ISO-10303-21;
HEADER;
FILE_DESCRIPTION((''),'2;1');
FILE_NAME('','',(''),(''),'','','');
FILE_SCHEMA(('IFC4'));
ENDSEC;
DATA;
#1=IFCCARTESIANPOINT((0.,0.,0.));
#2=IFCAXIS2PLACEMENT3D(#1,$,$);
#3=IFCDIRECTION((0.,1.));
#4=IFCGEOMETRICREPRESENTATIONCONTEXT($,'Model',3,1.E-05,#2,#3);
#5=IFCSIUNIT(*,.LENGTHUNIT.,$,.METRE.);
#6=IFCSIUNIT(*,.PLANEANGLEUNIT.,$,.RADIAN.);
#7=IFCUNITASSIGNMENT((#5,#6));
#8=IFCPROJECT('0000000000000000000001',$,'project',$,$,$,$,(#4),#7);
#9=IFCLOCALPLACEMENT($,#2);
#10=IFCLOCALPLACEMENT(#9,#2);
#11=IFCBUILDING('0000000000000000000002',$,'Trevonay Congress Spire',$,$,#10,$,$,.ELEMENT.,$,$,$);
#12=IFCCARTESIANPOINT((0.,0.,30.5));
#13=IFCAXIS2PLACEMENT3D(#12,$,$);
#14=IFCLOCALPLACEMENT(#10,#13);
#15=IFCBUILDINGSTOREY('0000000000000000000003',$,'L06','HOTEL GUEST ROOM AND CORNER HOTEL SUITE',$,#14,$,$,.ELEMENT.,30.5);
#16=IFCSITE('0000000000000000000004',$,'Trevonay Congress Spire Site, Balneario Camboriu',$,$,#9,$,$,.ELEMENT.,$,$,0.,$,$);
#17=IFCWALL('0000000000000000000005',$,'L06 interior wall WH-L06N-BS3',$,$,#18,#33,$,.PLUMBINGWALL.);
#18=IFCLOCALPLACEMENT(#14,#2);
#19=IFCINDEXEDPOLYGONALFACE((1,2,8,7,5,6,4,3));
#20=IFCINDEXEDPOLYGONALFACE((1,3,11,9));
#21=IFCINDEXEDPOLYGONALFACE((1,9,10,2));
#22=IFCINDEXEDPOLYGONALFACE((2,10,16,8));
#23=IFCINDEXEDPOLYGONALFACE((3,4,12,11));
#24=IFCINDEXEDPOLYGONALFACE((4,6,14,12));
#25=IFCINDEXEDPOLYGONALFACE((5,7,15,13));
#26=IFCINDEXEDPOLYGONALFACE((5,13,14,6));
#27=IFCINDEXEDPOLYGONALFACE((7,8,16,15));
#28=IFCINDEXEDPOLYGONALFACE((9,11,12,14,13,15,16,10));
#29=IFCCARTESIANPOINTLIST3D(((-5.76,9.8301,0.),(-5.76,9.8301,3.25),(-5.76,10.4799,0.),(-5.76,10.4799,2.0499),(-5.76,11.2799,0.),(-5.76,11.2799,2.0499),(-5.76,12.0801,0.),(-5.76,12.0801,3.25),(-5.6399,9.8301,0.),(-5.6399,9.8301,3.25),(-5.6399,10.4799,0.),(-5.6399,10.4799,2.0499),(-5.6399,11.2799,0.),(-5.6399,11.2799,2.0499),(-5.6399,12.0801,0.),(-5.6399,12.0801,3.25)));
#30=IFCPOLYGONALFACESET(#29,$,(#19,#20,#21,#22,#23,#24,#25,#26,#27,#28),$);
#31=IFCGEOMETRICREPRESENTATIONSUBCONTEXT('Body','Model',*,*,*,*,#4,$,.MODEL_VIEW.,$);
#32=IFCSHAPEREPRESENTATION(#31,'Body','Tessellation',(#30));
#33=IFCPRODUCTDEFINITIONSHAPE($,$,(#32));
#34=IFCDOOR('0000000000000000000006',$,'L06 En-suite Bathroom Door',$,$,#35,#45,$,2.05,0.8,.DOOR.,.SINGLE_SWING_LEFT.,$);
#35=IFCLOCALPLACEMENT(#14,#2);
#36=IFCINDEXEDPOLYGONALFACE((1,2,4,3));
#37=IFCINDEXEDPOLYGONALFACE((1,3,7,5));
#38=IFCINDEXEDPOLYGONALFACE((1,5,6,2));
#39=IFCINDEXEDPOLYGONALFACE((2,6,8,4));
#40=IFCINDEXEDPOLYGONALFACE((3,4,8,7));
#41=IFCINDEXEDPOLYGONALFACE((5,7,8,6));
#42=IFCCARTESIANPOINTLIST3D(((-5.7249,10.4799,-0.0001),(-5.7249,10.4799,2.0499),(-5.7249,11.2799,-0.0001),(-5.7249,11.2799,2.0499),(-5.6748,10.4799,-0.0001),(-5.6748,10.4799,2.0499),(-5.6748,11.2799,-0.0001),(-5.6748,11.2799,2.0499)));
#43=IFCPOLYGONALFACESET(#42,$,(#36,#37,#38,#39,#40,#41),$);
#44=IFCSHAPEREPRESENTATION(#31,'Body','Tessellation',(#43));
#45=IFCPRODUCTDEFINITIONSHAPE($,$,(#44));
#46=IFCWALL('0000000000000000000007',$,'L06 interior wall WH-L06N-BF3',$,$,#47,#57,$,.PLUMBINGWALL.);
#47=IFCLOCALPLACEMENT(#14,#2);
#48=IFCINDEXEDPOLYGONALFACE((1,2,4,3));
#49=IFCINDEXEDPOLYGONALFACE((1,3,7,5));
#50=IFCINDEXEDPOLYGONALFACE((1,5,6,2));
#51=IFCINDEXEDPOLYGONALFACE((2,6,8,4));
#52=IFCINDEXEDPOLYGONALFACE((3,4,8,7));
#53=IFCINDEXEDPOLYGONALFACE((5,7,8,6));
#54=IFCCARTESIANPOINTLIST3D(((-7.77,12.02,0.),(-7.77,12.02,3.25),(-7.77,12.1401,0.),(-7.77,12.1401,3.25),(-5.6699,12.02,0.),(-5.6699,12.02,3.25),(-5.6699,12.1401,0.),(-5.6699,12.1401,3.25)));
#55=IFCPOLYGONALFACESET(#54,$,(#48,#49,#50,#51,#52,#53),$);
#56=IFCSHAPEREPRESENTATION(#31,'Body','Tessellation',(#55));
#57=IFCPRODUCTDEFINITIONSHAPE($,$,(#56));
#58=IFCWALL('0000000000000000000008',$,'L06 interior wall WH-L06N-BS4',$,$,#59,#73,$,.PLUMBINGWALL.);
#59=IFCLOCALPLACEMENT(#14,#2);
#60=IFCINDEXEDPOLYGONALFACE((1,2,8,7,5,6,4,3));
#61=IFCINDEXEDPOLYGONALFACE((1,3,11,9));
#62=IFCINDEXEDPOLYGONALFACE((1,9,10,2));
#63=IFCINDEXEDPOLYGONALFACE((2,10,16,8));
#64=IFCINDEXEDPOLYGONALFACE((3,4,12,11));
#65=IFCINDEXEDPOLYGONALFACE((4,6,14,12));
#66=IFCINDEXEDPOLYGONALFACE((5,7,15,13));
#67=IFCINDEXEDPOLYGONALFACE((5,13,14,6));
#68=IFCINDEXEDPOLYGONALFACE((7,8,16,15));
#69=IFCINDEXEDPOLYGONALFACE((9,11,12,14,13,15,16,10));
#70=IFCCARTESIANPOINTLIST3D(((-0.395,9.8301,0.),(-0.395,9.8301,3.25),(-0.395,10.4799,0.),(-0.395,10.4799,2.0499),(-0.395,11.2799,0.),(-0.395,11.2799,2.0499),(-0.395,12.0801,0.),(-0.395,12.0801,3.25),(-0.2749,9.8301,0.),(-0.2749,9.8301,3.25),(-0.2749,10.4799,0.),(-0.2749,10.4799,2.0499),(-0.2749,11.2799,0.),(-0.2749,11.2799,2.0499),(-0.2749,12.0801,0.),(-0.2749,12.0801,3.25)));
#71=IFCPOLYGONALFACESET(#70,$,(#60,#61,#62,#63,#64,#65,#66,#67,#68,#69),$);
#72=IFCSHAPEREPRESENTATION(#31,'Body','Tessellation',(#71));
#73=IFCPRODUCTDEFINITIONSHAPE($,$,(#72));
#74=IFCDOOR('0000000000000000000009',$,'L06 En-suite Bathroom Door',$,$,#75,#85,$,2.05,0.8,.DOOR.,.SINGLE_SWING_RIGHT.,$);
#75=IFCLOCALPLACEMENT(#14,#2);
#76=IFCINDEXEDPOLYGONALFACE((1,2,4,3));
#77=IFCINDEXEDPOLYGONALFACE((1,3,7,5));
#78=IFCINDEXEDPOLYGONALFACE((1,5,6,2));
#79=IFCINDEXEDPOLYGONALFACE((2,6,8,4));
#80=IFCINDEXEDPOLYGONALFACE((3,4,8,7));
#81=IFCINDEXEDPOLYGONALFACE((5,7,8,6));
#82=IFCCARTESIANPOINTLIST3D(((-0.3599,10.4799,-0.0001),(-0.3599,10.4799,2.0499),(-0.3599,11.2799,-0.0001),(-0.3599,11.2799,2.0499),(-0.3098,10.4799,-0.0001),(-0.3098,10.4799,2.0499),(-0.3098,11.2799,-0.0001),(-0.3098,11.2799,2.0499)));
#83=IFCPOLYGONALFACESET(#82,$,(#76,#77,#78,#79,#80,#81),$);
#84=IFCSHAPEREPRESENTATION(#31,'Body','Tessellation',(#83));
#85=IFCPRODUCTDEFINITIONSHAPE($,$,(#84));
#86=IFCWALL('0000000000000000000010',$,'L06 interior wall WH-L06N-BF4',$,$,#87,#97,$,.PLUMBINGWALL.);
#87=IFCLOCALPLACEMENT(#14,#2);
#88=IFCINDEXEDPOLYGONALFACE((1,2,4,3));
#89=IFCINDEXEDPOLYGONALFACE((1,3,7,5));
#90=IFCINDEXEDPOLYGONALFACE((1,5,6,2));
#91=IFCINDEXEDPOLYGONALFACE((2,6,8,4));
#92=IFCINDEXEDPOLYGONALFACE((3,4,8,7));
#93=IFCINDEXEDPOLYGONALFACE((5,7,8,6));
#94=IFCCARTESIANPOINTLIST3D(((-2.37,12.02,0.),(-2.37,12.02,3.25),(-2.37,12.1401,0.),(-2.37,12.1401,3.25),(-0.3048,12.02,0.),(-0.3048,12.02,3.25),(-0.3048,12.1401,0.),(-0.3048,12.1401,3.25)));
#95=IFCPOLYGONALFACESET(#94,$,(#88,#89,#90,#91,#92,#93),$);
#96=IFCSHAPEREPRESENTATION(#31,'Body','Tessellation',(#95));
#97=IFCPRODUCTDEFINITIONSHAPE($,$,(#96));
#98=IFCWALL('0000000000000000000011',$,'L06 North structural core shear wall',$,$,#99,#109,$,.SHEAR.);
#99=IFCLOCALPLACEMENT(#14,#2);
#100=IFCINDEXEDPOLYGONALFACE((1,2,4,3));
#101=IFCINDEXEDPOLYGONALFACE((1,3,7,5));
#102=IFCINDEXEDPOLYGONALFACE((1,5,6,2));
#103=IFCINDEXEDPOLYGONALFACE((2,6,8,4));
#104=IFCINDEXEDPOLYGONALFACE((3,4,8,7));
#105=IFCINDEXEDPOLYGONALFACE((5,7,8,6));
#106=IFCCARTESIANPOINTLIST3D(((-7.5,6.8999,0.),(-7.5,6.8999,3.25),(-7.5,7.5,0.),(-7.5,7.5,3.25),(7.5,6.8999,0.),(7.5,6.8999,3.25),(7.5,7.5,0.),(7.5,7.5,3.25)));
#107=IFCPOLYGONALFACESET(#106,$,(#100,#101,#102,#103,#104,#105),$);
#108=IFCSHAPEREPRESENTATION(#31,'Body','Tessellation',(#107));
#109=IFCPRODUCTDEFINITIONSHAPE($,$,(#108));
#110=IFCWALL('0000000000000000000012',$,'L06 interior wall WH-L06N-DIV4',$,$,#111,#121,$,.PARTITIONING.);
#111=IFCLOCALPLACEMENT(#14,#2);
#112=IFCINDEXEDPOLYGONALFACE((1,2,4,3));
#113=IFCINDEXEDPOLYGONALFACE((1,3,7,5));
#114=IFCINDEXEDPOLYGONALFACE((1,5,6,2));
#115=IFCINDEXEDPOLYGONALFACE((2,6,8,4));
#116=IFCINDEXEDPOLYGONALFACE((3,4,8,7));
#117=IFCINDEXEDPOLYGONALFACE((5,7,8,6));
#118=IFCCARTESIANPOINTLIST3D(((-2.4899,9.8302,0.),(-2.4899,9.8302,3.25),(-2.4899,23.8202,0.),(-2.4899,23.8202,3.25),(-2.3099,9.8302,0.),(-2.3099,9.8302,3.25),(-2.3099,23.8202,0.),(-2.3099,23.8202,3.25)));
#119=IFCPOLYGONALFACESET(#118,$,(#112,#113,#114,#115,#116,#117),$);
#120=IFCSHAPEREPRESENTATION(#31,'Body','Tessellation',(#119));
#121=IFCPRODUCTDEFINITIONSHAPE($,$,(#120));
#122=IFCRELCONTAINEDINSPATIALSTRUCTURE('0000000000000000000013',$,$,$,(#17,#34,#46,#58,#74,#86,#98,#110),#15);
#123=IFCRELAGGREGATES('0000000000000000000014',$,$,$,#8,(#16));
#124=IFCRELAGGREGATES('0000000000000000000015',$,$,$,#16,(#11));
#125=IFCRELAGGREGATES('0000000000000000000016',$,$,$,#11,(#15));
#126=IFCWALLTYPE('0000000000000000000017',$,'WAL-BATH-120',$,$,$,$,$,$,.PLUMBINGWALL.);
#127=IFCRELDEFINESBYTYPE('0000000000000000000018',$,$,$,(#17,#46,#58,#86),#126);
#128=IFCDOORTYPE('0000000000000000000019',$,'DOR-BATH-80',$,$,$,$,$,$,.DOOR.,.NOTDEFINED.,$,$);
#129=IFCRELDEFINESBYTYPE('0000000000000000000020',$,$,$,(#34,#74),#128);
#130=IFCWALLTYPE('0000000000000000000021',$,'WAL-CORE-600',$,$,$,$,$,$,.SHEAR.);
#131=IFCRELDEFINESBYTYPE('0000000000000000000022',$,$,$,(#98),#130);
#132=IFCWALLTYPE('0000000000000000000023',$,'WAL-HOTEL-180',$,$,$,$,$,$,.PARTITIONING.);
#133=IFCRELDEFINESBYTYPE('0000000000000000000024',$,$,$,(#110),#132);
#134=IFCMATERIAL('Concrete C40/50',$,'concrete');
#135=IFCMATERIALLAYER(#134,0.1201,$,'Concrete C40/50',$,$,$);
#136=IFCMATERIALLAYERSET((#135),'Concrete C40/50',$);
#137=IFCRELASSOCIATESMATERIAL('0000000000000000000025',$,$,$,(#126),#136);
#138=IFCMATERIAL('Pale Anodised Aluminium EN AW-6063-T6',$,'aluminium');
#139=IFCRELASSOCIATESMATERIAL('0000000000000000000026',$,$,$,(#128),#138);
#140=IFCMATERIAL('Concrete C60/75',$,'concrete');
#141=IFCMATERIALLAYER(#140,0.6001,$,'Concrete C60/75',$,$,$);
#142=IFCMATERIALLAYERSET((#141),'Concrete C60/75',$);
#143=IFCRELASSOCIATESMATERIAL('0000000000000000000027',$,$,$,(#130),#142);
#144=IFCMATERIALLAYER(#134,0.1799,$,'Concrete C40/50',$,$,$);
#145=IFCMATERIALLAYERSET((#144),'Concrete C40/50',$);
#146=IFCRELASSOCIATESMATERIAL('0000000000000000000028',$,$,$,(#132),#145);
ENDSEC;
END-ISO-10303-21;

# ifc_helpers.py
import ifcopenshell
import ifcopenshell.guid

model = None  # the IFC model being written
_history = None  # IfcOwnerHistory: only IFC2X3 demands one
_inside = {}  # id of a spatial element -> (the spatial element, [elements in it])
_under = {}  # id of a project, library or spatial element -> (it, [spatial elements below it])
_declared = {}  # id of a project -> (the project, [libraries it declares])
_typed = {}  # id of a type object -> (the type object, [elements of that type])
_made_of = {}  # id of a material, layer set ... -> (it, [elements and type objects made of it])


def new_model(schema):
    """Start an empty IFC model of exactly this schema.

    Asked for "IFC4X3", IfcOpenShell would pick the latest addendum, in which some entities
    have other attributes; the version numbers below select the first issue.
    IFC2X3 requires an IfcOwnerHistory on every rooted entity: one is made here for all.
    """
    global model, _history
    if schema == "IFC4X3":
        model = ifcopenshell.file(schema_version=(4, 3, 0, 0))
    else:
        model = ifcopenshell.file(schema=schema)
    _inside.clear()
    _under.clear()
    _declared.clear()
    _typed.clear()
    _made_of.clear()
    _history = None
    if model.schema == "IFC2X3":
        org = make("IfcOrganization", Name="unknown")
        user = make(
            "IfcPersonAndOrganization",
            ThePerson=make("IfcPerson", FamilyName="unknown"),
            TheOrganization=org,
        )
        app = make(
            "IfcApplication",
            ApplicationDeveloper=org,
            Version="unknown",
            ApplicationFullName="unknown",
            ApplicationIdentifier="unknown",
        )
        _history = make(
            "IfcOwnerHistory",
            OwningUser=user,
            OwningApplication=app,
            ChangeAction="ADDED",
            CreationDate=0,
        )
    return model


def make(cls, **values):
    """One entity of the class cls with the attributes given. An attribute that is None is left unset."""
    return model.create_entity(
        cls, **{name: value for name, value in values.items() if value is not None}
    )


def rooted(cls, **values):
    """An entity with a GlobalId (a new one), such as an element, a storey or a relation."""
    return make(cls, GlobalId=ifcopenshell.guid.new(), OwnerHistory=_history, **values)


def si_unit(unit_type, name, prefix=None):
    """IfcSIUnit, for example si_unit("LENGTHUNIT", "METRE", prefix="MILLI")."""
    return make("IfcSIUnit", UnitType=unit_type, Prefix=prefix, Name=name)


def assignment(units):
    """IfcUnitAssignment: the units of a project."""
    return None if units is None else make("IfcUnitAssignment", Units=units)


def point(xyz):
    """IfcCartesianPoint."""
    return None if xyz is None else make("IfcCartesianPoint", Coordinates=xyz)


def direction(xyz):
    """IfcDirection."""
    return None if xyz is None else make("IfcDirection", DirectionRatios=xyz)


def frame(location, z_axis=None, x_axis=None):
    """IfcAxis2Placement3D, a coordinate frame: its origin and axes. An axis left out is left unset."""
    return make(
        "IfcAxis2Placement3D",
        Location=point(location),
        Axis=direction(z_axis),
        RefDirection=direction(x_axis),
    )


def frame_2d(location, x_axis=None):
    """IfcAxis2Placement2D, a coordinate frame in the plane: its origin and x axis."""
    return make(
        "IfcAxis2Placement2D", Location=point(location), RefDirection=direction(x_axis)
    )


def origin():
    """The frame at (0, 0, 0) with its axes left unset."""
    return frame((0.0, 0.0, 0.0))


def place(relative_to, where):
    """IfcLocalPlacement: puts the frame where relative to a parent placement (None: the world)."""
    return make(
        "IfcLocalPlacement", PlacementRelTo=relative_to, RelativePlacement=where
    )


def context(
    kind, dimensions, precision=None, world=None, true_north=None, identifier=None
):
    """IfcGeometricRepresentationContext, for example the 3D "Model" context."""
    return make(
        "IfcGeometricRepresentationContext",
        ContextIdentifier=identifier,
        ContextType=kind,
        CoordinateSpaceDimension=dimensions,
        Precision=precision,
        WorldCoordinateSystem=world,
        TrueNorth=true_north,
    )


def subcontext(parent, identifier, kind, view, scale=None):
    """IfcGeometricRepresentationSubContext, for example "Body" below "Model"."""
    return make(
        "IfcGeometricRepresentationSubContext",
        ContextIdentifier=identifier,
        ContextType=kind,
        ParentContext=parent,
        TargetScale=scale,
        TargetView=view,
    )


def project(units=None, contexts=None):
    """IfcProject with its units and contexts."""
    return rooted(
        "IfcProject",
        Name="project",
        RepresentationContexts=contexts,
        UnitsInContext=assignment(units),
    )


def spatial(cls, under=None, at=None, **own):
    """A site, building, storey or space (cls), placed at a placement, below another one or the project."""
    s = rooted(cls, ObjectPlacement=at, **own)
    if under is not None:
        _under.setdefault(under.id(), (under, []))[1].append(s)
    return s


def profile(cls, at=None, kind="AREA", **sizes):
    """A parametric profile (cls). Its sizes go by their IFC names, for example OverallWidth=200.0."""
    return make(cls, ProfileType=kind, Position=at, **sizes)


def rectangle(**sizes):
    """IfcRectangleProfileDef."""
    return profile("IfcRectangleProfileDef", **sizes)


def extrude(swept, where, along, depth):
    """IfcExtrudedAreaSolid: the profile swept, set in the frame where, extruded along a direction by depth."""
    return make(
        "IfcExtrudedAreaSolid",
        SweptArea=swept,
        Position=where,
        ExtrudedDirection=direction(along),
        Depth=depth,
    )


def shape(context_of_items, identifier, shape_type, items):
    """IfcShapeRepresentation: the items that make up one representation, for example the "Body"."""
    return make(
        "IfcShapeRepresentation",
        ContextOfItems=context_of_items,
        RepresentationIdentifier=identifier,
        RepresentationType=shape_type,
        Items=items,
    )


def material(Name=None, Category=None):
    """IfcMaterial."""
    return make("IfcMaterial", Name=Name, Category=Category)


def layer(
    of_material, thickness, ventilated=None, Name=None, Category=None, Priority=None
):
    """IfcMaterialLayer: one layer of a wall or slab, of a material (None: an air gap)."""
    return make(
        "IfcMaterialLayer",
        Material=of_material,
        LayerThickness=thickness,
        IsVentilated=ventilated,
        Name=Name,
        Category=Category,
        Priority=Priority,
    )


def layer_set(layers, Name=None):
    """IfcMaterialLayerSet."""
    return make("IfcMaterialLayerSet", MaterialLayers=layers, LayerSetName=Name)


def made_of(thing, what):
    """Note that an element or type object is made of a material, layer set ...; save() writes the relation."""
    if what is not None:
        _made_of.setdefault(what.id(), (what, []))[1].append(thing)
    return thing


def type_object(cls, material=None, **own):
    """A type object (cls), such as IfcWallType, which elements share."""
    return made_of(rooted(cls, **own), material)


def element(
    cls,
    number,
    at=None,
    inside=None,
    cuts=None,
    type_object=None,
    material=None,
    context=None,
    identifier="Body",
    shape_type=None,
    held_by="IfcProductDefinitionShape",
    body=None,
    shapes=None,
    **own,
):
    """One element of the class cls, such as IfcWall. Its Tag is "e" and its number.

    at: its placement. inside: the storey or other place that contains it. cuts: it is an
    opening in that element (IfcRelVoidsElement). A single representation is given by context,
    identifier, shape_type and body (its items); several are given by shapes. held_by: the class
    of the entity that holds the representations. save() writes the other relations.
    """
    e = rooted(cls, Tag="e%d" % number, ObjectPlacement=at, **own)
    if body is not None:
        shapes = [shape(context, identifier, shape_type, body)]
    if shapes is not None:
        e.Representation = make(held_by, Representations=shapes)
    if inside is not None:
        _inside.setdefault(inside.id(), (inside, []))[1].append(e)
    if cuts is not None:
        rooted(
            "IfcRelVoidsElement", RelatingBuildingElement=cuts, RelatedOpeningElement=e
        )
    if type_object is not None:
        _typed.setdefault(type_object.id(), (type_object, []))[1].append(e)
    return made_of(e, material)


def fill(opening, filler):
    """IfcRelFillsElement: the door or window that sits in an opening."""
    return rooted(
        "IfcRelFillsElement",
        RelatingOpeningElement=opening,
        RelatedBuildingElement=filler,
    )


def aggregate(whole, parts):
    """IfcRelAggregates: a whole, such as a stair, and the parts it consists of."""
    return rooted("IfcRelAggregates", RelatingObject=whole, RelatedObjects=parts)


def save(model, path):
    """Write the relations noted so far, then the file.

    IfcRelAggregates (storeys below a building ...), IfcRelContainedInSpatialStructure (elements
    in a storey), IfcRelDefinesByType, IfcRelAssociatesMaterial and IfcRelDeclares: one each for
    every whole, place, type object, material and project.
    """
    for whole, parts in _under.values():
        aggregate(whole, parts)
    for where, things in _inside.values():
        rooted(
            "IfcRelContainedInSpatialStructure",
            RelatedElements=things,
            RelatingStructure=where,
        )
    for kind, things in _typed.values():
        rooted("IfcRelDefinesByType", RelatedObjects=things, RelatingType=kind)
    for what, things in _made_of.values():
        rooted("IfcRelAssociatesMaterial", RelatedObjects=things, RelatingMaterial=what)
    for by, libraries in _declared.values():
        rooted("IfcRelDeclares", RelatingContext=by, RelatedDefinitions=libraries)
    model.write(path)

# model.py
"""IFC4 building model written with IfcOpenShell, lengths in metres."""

from ifc_helpers import new_model, si_unit, direction, frame, frame_2d, origin, place, context, subcontext, project, spatial, rectangle, extrude, material, layer, layer_set, type_object, element, fill, save


model = new_model("IFC4")

# Units and contexts
model_context = context("Model", 3, precision=1e-05, world=origin(), true_north=direction((0.0, 1.0)))
body_context = subcontext(model_context, "Body", "Model", "MODEL_VIEW")
ifc_project = project(units=[si_unit("LENGTHUNIT", "METRE"), si_unit("PLANEANGLEUNIT", "RADIAN")], contexts=[model_context])

# Site, building, storey
site_placement = place(None, origin())
site = spatial("IfcSite", under=ifc_project, at=site_placement, Name="Trevonay Congress Spire Site, Balneario Camboriu", CompositionType="ELEMENT", RefElevation=0.0)
building_placement = place(site_placement, origin())
building = spatial("IfcBuilding", under=site, at=building_placement, Name="Trevonay Congress Spire", CompositionType="ELEMENT")
storey_placement = place(building_placement, frame((0.0, 0.0, 30.5)))
storey = spatial("IfcBuildingStorey", under=building, at=storey_placement, Name="L06", Description="HOTEL GUEST ROOM AND CORNER HOTEL SUITE", CompositionType="ELEMENT", Elevation=30.5)

# Shared definitions
ifc_material_1 = material(Name="Pale Anodised Aluminium EN AW-6063-T6", Category="aluminium")

# Wall, opening, door
ifc_material_2 = material(Name="Concrete C40/50", Category="concrete")
ifc_layer_1 = layer(ifc_material_2, 0.1201, Name="Concrete C40/50")
ifc_layer_set_1 = layer_set([ifc_layer_1], Name="Concrete C40/50")
wall_type_1 = type_object("IfcWallType", Name="WAL-BATH-120", PredefinedType="PLUMBINGWALL", material=ifc_layer_set_1)
wall_1_placement = place(storey_placement, frame((-5.7, 9.8301, 0.0), z_axis=(0.0, 0.0, 1.0), x_axis=(0.0, 1.0, 0.0)))
wall_1 = element("IfcWall", 1, at=wall_1_placement, inside=storey, type_object=wall_type_1, Name="L06 interior wall WH-L06N-BS3", PredefinedType="PLUMBINGWALL", context=body_context, shape_type="SweptSolid", body=[
    extrude(rectangle(XDim=2.25, YDim=0.1201, at=frame_2d((1.125, 0.0))), origin(), (0.0, 0.0, 1.0), 3.25),
])
opening_1_placement = place(wall_1_placement, frame((0.6499, 0.0, 0.0)))
opening_1 = element("IfcOpeningElement", 2, at=opening_1_placement, cuts=wall_1, PredefinedType="OPENING", context=body_context, shape_type="SweptSolid", body=[
    extrude(rectangle(XDim=0.8, YDim=2.05, at=frame_2d((0.3999, 1.0249))), frame((0.0, 0.0701, 0.0), z_axis=(0.0, -1.0, 0.0), x_axis=(1.0, 0.0, 0.0)), (0.0, 0.0, 1.0), 0.1401),
])
door_type_1 = type_object("IfcDoorType", Name="DOR-BATH-80", OperationType="NOTDEFINED", PredefinedType="DOOR", material=ifc_material_1)
door_1_placement = place(opening_1_placement, origin())
door_1 = element("IfcDoor", 3, at=door_1_placement, inside=storey, type_object=door_type_1, Name="L06 En-suite Bathroom Door", OperationType="SINGLE_SWING_LEFT", OverallHeight=2.05, OverallWidth=0.8, PredefinedType="DOOR", context=body_context, shape_type="SweptSolid", body=[
    extrude(rectangle(XDim=0.8, YDim=2.05, at=frame_2d((0.3999, 1.0249))), frame((0.0, 0.0249, 0.0), z_axis=(0.0, -1.0, 0.0), x_axis=(1.0, 0.0, 0.0)), (0.0, 0.0, 1.0), 0.05),
])
fill(opening_1, door_1)

# Wall
wall_2_placement = place(storey_placement, frame((-7.77, 12.0801, 0.0), z_axis=(0.0, 0.0, 1.0), x_axis=(1.0, 0.0, 0.0)))
element("IfcWall", 4, at=wall_2_placement, inside=storey, type_object=wall_type_1, Name="L06 interior wall WH-L06N-BF3", PredefinedType="PLUMBINGWALL", context=body_context, shape_type="SweptSolid", body=[
    extrude(rectangle(XDim=2.1001, YDim=0.1201, at=frame_2d((1.05, 0.0))), origin(), (0.0, 0.0, 1.0), 3.25),
])

# Wall, opening, door
wall_3_placement = place(storey_placement, frame((-0.335, 9.8301, 0.0), z_axis=(0.0, 0.0, 1.0), x_axis=(0.0, 1.0, 0.0)))
wall_3 = element("IfcWall", 5, at=wall_3_placement, inside=storey, type_object=wall_type_1, Name="L06 interior wall WH-L06N-BS4", PredefinedType="PLUMBINGWALL", context=body_context, shape_type="SweptSolid", body=[
    extrude(rectangle(XDim=2.25, YDim=0.1201, at=frame_2d((1.125, 0.0))), origin(), (0.0, 0.0, 1.0), 3.25),
])
opening_2_placement = place(wall_3_placement, frame((0.6499, 0.0, 0.0)))
opening_2 = element("IfcOpeningElement", 6, at=opening_2_placement, cuts=wall_3, PredefinedType="OPENING", context=body_context, shape_type="SweptSolid", body=[
    extrude(rectangle(XDim=0.8, YDim=2.05, at=frame_2d((0.3999, 1.0249))), frame((0.0, 0.0701, 0.0), z_axis=(0.0, -1.0, 0.0), x_axis=(1.0, 0.0, 0.0)), (0.0, 0.0, 1.0), 0.1401),
])
door_2_placement = place(opening_2_placement, origin())
door_2 = element("IfcDoor", 7, at=door_2_placement, inside=storey, type_object=door_type_1, Name="L06 En-suite Bathroom Door", OperationType="SINGLE_SWING_RIGHT", OverallHeight=2.05, OverallWidth=0.8, PredefinedType="DOOR", context=body_context, shape_type="SweptSolid", body=[
    extrude(rectangle(XDim=0.8, YDim=2.05, at=frame_2d((0.3999, 1.0249))), frame((0.0, 0.0249, 0.0), z_axis=(0.0, -1.0, 0.0), x_axis=(1.0, 0.0, 0.0)), (0.0, 0.0, 1.0), 0.05),
])
fill(opening_2, door_2)

# Walls
wall_4_placement = place(storey_placement, frame((-2.3701, 12.0801, 0.0), z_axis=(0.0, 0.0, 1.0), x_axis=(1.0, 0.0, 0.0)))
element("IfcWall", 8, at=wall_4_placement, inside=storey, type_object=wall_type_1, Name="L06 interior wall WH-L06N-BF4", PredefinedType="PLUMBINGWALL", context=body_context, shape_type="SweptSolid", body=[
    extrude(rectangle(XDim=2.0652, YDim=0.1201, at=frame_2d((1.0327, 0.0))), origin(), (0.0, 0.0, 1.0), 3.25),
])
ifc_material_3 = material(Name="Concrete C60/75", Category="concrete")
ifc_layer_2 = layer(ifc_material_3, 0.6001, Name="Concrete C60/75")
ifc_layer_set_2 = layer_set([ifc_layer_2], Name="Concrete C60/75")
wall_type_2 = type_object("IfcWallType", Name="WAL-CORE-600", PredefinedType="SHEAR", material=ifc_layer_set_2)
wall_5_placement = place(storey_placement, frame((-7.5, 7.2, 0.0), z_axis=(0.0, 0.0, 1.0), x_axis=(1.0, 0.0, 0.0)))
element("IfcWall", 9, at=wall_5_placement, inside=storey, type_object=wall_type_2, Name="L06 North structural core shear wall", PredefinedType="SHEAR", context=body_context, shape_type="SweptSolid", body=[
    extrude(rectangle(XDim=15.0, YDim=0.6001, at=frame_2d((7.5, 0.0))), origin(), (0.0, 0.0, 1.0), 3.25),
])
ifc_layer_3 = layer(ifc_material_2, 0.1799, Name="Concrete C40/50")
ifc_layer_set_3 = layer_set([ifc_layer_3], Name="Concrete C40/50")
wall_type_3 = type_object("IfcWallType", Name="WAL-HOTEL-180", PredefinedType="PARTITIONING", material=ifc_layer_set_3)
wall_6_placement = place(storey_placement, frame((-2.3999, 9.8301, 0.0), z_axis=(0.0, 0.0, 1.0), x_axis=(0.0, 1.0, 0.0)))
element("IfcWall", 10, at=wall_6_placement, inside=storey, type_object=wall_type_3, Name="L06 interior wall WH-L06N-DIV4", PredefinedType="PARTITIONING", context=body_context, shape_type="SweptSolid", body=[
    extrude(rectangle(XDim=13.99, YDim=0.1799, at=frame_2d((6.9951, 0.0))), origin(), (0.0, 0.0, 1.0), 3.25),
])

save(model, "model.ifc")
